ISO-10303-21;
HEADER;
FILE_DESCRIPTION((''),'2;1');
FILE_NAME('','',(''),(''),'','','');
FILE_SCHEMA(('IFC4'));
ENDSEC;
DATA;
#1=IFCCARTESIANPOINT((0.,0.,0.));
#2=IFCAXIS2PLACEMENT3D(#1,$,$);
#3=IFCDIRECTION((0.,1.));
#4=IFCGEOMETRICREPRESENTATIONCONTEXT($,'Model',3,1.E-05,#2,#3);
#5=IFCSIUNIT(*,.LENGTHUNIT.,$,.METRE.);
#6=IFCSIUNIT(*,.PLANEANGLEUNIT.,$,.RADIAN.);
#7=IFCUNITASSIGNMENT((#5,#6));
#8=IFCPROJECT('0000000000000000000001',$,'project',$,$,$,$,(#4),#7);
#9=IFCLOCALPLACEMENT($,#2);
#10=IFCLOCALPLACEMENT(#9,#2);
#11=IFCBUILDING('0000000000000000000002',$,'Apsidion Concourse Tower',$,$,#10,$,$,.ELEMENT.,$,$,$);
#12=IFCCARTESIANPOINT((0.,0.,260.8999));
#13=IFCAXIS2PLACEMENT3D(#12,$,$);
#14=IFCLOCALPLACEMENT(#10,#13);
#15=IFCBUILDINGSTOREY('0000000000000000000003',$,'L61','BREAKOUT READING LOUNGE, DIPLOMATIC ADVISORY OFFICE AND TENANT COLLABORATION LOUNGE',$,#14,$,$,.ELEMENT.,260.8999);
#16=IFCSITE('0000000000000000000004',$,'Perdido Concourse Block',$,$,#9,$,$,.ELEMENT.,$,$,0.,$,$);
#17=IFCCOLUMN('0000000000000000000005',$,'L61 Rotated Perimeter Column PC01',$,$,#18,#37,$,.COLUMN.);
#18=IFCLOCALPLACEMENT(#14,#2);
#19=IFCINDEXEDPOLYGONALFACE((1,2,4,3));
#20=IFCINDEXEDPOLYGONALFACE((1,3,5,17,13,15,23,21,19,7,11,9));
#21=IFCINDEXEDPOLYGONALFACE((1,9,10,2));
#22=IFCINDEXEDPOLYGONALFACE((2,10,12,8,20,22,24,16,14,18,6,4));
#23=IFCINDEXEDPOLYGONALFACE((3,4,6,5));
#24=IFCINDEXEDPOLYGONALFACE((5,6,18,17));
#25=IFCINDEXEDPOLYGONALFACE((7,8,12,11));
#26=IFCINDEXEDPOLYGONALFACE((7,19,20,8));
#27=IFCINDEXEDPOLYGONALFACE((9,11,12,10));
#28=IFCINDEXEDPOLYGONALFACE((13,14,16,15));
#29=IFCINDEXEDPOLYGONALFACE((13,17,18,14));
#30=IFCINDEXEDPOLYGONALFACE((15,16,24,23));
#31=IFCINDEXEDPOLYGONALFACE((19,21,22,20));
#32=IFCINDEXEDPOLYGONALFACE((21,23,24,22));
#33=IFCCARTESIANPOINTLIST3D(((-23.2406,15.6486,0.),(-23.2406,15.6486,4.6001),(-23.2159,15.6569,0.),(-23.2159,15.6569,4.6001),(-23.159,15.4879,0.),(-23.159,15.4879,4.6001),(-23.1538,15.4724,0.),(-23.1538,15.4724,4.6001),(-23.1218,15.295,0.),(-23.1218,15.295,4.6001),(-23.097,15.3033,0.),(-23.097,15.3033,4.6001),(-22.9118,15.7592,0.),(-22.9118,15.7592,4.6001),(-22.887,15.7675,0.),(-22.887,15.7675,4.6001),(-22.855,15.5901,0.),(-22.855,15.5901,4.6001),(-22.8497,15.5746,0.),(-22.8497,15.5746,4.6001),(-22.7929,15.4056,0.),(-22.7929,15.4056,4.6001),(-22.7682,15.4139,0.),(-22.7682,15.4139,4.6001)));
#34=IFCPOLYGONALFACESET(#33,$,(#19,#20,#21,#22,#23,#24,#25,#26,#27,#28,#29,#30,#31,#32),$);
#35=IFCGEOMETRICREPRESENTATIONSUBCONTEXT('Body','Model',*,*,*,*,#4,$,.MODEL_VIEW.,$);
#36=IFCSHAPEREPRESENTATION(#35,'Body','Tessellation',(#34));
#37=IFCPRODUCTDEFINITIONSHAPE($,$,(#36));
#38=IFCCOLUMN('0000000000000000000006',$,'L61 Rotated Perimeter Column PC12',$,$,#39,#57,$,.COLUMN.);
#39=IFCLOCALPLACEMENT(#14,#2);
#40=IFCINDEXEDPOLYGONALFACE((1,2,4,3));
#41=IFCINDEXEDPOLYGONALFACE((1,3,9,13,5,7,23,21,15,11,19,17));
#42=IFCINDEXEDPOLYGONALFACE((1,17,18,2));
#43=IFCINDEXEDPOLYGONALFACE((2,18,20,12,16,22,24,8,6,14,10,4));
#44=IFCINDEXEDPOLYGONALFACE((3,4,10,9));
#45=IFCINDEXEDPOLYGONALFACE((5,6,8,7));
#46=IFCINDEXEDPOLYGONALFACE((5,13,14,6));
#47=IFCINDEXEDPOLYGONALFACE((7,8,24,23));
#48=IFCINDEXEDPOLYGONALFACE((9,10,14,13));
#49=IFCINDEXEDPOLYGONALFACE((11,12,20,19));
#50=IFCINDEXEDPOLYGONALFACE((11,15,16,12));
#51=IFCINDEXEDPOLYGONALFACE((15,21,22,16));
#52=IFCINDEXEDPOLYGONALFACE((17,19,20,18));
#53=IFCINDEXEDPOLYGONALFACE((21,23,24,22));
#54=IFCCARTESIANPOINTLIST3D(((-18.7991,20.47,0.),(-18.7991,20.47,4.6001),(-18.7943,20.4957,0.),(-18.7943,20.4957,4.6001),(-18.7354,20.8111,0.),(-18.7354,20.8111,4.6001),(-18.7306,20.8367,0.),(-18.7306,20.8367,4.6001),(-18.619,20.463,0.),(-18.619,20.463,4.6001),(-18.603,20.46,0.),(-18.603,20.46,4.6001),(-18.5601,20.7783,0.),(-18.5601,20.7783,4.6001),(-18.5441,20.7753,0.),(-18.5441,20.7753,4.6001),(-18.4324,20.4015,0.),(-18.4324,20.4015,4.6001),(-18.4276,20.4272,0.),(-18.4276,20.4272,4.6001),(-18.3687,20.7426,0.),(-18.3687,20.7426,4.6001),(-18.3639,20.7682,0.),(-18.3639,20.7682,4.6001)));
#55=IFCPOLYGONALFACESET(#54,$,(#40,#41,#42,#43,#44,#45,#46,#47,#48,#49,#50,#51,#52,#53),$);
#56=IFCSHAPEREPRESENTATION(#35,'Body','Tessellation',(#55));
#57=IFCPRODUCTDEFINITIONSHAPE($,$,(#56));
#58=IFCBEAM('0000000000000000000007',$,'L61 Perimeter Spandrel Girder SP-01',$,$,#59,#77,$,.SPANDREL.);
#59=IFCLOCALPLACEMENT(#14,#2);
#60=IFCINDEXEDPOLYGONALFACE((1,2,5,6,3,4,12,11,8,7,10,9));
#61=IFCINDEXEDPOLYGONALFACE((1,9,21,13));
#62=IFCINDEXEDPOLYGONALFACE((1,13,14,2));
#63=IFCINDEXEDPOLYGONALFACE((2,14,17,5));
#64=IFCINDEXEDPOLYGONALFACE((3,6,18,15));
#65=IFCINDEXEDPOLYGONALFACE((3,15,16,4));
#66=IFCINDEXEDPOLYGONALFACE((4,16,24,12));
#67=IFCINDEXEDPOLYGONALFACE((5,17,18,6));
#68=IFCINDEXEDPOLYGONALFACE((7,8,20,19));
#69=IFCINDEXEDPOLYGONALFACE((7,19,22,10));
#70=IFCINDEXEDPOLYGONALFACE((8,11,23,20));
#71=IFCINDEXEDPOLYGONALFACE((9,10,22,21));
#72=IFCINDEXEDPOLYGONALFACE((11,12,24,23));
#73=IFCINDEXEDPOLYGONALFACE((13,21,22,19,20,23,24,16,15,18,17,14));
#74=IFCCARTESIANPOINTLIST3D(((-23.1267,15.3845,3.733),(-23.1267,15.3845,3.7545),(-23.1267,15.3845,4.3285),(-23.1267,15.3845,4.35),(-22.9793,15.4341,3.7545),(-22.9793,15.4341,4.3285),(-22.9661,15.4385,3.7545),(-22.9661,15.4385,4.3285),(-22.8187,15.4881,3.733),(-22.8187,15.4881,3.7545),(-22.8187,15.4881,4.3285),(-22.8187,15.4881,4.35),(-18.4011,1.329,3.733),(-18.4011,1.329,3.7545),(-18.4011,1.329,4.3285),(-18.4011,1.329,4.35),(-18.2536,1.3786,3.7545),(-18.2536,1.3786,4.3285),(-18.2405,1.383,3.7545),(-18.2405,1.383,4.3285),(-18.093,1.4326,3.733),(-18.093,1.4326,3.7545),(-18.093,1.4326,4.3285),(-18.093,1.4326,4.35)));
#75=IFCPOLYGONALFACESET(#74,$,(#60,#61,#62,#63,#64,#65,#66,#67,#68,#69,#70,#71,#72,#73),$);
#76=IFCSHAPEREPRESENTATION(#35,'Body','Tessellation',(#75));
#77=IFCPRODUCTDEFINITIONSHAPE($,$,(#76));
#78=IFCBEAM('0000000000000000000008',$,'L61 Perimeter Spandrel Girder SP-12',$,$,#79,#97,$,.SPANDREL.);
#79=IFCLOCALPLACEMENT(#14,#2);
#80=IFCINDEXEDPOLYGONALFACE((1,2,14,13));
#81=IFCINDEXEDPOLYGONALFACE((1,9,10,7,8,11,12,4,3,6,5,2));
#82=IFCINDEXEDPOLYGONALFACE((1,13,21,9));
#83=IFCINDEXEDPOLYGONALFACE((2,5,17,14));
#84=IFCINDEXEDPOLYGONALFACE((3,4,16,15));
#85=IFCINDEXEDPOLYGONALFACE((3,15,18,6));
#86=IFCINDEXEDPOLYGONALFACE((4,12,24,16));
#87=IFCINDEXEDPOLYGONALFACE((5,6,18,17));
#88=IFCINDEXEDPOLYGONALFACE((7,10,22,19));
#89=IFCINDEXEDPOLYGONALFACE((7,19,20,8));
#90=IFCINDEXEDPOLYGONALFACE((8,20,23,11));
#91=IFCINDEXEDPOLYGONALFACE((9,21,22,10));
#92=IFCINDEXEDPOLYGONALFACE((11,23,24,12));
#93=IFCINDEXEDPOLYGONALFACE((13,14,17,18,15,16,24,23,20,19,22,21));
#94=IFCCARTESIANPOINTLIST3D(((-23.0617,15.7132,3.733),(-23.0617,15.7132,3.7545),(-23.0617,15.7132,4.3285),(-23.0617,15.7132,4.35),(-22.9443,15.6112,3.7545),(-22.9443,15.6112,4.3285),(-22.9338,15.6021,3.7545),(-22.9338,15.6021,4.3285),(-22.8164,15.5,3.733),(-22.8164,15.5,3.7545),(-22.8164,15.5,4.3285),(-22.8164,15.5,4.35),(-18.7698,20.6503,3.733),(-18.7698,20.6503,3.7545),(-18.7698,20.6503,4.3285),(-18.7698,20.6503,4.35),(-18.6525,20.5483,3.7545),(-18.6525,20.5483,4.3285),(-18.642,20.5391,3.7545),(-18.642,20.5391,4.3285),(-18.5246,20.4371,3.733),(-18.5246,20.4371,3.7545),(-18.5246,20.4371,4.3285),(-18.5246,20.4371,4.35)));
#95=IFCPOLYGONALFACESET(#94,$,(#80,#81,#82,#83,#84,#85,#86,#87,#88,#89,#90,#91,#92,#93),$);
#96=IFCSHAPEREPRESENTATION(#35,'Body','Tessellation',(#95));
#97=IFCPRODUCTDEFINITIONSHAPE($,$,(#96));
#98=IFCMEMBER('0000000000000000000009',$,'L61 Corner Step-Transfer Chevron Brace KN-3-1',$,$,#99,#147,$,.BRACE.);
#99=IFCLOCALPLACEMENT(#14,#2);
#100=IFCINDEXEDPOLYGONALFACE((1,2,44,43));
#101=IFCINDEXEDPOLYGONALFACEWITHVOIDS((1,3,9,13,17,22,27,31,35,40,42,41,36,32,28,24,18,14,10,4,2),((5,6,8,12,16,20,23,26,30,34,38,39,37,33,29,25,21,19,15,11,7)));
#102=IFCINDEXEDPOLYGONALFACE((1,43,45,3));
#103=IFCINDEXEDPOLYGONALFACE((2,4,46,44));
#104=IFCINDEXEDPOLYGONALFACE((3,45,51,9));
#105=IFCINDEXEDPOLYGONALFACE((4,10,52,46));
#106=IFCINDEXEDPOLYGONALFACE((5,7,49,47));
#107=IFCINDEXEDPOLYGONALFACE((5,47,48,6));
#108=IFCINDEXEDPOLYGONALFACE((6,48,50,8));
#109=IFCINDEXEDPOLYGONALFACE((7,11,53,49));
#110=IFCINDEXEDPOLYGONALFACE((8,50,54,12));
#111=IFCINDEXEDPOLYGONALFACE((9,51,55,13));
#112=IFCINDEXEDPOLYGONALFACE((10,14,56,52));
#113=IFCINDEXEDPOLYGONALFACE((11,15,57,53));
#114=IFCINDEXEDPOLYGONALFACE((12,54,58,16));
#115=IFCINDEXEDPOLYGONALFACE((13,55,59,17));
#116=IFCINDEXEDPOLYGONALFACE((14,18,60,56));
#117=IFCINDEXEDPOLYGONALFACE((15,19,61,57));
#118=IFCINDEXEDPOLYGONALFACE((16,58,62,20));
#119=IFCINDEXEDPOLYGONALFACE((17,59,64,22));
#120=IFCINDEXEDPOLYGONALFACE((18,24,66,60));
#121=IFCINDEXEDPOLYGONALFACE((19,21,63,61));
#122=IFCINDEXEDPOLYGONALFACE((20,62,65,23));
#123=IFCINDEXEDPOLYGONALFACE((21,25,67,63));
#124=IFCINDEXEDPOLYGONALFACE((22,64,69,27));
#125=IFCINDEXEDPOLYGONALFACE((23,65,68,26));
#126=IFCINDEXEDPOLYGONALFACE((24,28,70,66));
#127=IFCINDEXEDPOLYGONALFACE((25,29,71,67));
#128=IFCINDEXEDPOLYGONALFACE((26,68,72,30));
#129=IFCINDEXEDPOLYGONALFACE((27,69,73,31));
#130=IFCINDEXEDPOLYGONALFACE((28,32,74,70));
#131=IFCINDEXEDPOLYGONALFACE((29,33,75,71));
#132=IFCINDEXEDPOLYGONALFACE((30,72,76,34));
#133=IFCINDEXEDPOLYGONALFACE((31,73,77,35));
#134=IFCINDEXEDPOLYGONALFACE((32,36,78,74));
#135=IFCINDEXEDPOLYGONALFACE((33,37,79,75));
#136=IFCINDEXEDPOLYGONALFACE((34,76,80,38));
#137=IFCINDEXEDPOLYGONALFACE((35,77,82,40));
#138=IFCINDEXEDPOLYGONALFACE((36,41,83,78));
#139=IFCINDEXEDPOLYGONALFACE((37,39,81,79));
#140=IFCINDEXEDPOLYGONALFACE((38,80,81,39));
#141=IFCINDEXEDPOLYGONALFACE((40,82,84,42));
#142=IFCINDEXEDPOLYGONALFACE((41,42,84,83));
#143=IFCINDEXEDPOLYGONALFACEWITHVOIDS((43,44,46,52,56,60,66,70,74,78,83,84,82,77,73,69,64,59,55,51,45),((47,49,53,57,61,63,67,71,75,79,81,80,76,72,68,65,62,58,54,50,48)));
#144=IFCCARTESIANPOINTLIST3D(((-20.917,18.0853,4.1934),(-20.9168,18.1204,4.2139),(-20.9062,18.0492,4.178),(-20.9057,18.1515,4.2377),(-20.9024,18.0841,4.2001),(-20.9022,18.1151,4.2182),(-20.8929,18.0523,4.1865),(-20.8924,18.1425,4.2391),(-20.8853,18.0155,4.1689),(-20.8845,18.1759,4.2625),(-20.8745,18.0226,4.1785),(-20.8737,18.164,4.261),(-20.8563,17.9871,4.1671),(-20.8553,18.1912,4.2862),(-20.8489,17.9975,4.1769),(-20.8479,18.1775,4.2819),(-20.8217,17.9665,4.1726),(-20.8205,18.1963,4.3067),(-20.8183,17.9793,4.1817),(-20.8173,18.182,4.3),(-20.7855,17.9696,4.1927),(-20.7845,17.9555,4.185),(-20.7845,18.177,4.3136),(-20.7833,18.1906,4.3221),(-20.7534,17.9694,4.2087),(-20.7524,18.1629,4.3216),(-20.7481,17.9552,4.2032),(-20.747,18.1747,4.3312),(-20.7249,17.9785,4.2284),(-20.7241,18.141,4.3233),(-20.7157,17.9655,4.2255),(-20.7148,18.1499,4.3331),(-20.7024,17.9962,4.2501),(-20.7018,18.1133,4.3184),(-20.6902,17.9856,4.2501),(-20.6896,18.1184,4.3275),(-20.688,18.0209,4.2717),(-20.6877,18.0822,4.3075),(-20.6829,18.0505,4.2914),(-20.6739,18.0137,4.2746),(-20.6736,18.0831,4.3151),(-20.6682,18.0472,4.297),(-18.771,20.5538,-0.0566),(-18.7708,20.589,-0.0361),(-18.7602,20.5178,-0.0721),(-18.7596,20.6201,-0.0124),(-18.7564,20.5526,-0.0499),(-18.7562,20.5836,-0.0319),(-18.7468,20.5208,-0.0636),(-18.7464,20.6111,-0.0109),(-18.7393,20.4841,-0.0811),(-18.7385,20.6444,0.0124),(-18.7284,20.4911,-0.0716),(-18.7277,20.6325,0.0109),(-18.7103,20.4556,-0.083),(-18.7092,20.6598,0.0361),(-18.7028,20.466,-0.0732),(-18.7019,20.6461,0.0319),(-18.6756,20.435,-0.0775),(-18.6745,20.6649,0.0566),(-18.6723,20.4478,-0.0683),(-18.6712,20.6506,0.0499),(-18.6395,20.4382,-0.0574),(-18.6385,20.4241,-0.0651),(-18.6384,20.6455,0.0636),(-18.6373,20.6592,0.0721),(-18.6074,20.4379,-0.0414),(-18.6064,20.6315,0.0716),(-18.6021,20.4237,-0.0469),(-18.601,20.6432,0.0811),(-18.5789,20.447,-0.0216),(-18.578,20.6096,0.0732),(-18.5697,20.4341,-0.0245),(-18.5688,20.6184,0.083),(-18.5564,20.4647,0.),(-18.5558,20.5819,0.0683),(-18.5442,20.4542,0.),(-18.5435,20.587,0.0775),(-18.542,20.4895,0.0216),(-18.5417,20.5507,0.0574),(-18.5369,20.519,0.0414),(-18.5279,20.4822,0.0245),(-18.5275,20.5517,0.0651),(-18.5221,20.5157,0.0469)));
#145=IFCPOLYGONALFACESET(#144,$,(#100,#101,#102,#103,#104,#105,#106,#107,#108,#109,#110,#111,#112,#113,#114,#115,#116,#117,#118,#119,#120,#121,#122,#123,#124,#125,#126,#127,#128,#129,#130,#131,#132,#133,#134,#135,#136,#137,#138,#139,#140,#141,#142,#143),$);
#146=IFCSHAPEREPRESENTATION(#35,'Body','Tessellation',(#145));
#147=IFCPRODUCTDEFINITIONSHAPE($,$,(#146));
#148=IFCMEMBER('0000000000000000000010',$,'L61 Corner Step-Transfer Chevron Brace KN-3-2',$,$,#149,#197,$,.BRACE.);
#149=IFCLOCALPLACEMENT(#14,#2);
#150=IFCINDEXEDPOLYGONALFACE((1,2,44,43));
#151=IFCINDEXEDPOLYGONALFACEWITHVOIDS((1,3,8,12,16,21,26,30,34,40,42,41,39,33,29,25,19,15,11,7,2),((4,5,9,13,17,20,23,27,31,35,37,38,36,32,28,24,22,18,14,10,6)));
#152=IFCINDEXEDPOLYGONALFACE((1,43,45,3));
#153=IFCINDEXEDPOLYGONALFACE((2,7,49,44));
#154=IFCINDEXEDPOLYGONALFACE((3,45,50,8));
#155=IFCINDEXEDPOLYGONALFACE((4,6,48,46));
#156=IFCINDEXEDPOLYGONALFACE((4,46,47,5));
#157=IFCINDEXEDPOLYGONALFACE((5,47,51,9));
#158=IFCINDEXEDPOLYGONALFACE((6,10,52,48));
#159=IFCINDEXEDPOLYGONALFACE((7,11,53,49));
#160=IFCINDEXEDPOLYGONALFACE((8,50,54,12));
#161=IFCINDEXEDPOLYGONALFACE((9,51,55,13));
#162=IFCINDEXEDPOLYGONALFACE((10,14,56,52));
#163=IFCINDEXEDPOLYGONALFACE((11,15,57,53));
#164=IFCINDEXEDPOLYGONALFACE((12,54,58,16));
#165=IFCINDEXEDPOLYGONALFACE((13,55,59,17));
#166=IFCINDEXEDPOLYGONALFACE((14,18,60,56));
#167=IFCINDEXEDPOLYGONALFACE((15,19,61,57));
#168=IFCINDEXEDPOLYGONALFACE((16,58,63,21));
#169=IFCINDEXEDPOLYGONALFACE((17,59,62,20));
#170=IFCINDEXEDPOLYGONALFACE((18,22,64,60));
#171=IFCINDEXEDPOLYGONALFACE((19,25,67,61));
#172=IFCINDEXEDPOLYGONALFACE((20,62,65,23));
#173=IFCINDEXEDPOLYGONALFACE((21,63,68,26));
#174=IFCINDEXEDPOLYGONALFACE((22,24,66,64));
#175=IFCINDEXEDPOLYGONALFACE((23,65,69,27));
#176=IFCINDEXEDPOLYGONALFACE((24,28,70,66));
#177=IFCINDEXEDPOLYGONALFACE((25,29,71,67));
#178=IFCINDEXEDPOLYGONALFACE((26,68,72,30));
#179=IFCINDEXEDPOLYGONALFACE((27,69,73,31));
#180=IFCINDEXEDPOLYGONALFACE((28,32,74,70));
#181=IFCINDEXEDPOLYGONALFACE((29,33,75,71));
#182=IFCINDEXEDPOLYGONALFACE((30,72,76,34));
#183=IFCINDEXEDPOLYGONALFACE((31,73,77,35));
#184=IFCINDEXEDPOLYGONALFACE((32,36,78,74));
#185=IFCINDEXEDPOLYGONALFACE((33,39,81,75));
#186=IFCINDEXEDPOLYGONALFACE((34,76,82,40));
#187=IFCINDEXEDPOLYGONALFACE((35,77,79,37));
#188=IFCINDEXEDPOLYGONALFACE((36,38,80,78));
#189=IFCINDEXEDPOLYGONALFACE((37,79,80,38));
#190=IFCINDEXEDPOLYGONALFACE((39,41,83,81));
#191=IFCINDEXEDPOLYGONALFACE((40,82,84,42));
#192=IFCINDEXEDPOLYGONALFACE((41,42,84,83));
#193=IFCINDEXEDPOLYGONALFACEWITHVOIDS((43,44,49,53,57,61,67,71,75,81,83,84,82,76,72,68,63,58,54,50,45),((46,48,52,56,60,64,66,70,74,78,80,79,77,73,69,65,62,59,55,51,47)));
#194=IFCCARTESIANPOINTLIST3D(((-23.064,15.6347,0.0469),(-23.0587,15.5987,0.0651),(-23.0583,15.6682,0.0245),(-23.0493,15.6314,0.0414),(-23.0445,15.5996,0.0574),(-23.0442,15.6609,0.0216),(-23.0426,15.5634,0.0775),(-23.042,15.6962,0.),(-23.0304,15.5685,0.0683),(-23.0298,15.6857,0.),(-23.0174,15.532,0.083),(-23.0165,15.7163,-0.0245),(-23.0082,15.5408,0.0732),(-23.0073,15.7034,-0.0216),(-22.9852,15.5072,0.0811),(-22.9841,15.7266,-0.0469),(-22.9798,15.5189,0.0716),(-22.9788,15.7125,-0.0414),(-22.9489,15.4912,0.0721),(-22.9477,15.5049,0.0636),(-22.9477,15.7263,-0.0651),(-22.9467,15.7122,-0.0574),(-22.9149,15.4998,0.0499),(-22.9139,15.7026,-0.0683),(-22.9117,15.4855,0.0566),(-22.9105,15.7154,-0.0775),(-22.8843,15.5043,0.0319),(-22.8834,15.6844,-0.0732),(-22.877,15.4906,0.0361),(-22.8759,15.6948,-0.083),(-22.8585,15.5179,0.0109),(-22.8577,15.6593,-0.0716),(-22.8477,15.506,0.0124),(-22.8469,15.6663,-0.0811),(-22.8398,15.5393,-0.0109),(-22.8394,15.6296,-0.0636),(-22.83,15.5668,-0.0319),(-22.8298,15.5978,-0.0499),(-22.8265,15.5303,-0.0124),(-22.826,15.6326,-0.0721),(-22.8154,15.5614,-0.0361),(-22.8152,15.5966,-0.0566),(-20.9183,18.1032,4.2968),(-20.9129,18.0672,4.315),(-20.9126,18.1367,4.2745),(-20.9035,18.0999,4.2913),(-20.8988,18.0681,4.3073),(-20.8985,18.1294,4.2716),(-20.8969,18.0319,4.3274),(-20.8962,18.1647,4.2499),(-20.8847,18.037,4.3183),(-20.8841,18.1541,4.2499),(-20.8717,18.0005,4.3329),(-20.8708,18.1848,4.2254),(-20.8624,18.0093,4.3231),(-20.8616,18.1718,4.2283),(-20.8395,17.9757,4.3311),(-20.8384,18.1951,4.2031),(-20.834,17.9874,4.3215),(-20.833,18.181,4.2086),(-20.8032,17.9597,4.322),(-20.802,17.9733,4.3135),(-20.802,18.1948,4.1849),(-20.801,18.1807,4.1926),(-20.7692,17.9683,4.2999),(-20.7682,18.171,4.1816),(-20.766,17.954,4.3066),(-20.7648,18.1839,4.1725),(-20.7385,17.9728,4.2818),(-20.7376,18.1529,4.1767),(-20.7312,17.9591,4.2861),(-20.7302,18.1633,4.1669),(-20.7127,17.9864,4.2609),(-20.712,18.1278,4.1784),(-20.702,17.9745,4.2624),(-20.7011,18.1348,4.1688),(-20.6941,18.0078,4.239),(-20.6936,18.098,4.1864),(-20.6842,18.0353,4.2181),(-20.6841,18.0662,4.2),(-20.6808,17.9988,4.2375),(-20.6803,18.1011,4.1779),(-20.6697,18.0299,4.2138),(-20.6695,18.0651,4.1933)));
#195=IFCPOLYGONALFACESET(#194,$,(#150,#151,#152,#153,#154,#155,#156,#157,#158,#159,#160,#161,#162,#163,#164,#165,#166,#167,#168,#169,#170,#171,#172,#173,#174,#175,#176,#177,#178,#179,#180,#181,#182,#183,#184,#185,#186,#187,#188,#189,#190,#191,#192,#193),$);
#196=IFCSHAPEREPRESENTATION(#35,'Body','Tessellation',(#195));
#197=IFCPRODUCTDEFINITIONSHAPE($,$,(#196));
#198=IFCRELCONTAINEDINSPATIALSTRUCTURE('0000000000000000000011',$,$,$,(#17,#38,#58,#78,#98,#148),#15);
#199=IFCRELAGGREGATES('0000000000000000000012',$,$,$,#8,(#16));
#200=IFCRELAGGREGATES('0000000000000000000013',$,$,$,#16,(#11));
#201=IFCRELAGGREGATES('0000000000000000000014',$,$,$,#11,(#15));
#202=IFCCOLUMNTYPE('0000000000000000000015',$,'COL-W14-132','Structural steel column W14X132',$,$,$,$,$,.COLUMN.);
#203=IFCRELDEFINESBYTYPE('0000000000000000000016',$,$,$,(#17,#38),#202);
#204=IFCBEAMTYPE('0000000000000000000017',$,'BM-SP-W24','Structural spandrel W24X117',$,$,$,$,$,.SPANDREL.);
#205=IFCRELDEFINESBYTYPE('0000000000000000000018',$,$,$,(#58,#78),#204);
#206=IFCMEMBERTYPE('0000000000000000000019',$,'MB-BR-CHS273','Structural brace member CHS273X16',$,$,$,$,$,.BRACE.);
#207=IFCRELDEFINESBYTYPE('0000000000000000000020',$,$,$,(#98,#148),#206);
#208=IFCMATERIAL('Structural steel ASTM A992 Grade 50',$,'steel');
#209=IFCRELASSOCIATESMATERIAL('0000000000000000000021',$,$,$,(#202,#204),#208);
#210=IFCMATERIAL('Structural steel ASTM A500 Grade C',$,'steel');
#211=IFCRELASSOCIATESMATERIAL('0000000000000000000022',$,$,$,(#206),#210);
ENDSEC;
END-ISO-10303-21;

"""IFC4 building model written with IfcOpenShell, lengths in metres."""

from ifc_helpers import new_model, si_unit, direction, frame, origin, origin_2d, place, context, subcontext, project, spatial, hollow_circle, i_section, extrude, material, material_profile, profile_set, type_object, element, save


model = new_model("IFC4")

# Units and contexts
model_context = context("Model", 3, precision=1e-05, world=origin(), true_north=direction((0.0, 1.0)))
body_context = subcontext(model_context, "Body", "Model", "MODEL_VIEW")
ifc_project = project(units=[si_unit("LENGTHUNIT", "METRE"), si_unit("PLANEANGLEUNIT", "RADIAN")], contexts=[model_context])

# Site, building, storey
site_placement = place(None, origin())
site = spatial("IfcSite", under=ifc_project, at=site_placement, Name="Perdido Concourse Block", CompositionType="ELEMENT", RefElevation=0.0)
building_placement = place(site_placement, origin())
building = spatial("IfcBuilding", under=site, at=building_placement, Name="Apsidion Concourse Tower", CompositionType="ELEMENT")
storey_placement = place(building_placement, frame((0.0, 0.0, 260.8999)))
storey = spatial("IfcBuildingStorey", under=building, at=storey_placement, Name="L61", Description="BREAKOUT READING LOUNGE, DIPLOMATIC ADVISORY OFFICE AND TENANT COLLABORATION LOUNGE", CompositionType="ELEMENT", Elevation=260.8999)

# Columns
ifc_material_1 = material(Name="Structural steel ASTM A992 Grade 50", Category="steel")
ifc_material_profile_1 = material_profile(ifc_material_1, i_section(OverallWidth=0.373, OverallDepth=0.373, WebThickness=0.0164, FlangeThickness=0.0261, at=origin_2d()), Name="W14X132")
ifc_profile_set_1 = profile_set([ifc_material_profile_1], Name="Structural steel ASTM A992 Grade 50")
column_type = type_object("IfcColumnType", Name="COL-W14-132", Description="Structural steel column W14X132", PredefinedType="COLUMN", material=ifc_profile_set_1)
for number, where, z_axis, x_axis, name in (
    (1, (-23.0044, 15.5312, 0.0), (0.0, 0.0, 1.0), (-0.318628, 0.94788, 0.0), "L61 Rotated Perimeter Column PC01"),
    (2, (-18.5815, 20.6191, 0.0), (0.0, 0.0, 1.0), (-0.983, 0.183608, 0.0), "L61 Rotated Perimeter Column PC12"),
):
    element("IfcColumn", number, at=place(storey_placement, frame(where, z_axis=z_axis, x_axis=x_axis)), inside=storey, type_object=column_type, Name=name, PredefinedType="COLUMN", context=body_context, shape_type="SweptSolid", body=[
        extrude(i_section(OverallWidth=0.373, OverallDepth=0.373, WebThickness=0.0164, FlangeThickness=0.0261, at=origin_2d()), origin(), (0.0, 0.0, 1.0), 4.6001),
    ])

# Beams
ifc_material_profile_2 = material_profile(ifc_material_1, i_section(OverallWidth=0.325, OverallDepth=0.6169, WebThickness=0.0139, FlangeThickness=0.0215, at=origin_2d()), Name="W24X117")
ifc_profile_set_2 = profile_set([ifc_material_profile_2], Name="Structural steel ASTM A992 Grade 50")
beam_type = type_object("IfcBeamType", Name="BM-SP-W24", Description="Structural spandrel W24X117", PredefinedType="SPANDREL", material=ifc_profile_set_2)
beam_1_placement = place(storey_placement, frame((-22.9727, 15.4363, 4.0415), z_axis=(0.318682, -0.947862, 0.0), x_axis=(0.947862, 0.318682, 0.0)))
element("IfcBeam", 3, at=beam_1_placement, inside=storey, type_object=beam_type, Name="L61 Perimeter Spandrel Girder SP-01", PredefinedType="SPANDREL", context=body_context, shape_type="SweptSolid", body=[
    extrude(i_section(OverallWidth=0.325, OverallDepth=0.6169, WebThickness=0.0139, FlangeThickness=0.0215, at=origin_2d()), origin(), (0.0, 0.0, 1.0), 14.8286),
])
beam_2_placement = place(storey_placement, frame((-18.6472, 20.5437, 4.0415), z_axis=(-0.656065, -0.754704, 0.0), x_axis=(0.754704, -0.656065, 0.0)))
element("IfcBeam", 4, at=beam_2_placement, inside=storey, type_object=beam_type, Name="L61 Perimeter Spandrel Girder SP-12", PredefinedType="SPANDREL", context=body_context, shape_type="SweptSolid", body=[
    extrude(i_section(OverallWidth=0.325, OverallDepth=0.6169, WebThickness=0.0139, FlangeThickness=0.0215, at=origin_2d()), origin(), (0.0, 0.0, 1.0), 6.5417),
])

# Members
ifc_material_2 = material(Name="Structural steel ASTM A500 Grade C", Category="steel")
ifc_material_profile_3 = material_profile(ifc_material_2, hollow_circle(Radius=0.1365, WallThickness=0.0161, at=origin_2d()), Name="CHS273X16")
ifc_profile_set_3 = profile_set([ifc_material_profile_3], Name="Structural steel ASTM A500 Grade C")
member_type = type_object("IfcMemberType", Name="MB-BR-CHS273", Description="Structural brace member CHS273X16", PredefinedType="BRACE", material=ifc_profile_set_3)
member_1_placement = place(storey_placement, frame((-18.6472, 20.5437, 0.0), z_axis=(-0.400152, -0.460288, 0.792473), x_axis=(0.754686, -0.656086, 0.0)))
element("IfcMember", 5, at=member_1_placement, inside=storey, type_object=member_type, Name="L61 Corner Step-Transfer Chevron Brace KN-3-1", PredefinedType="BRACE", context=body_context, shape_type="SweptSolid", body=[
    extrude(hollow_circle(Radius=0.1365, WallThickness=0.0161, at=origin_2d()), origin(), (0.0, 0.0, 1.0), 5.363),
])
member_2_placement = place(storey_placement, frame((-22.939, 15.6067, 0.0), z_axis=(0.400113, 0.460296, 0.792488), x_axis=(-0.754723, 0.656044, 0.0)))
element("IfcMember", 6, at=member_2_placement, inside=storey, type_object=member_type, Name="L61 Corner Step-Transfer Chevron Brace KN-3-2", PredefinedType="BRACE", context=body_context, shape_type="SweptSolid", body=[
    extrude(hollow_circle(Radius=0.1365, WallThickness=0.0161, at=origin_2d()), origin(), (0.0, 0.0, 1.0), 5.3628),
])

save(model, "model.ifc")
